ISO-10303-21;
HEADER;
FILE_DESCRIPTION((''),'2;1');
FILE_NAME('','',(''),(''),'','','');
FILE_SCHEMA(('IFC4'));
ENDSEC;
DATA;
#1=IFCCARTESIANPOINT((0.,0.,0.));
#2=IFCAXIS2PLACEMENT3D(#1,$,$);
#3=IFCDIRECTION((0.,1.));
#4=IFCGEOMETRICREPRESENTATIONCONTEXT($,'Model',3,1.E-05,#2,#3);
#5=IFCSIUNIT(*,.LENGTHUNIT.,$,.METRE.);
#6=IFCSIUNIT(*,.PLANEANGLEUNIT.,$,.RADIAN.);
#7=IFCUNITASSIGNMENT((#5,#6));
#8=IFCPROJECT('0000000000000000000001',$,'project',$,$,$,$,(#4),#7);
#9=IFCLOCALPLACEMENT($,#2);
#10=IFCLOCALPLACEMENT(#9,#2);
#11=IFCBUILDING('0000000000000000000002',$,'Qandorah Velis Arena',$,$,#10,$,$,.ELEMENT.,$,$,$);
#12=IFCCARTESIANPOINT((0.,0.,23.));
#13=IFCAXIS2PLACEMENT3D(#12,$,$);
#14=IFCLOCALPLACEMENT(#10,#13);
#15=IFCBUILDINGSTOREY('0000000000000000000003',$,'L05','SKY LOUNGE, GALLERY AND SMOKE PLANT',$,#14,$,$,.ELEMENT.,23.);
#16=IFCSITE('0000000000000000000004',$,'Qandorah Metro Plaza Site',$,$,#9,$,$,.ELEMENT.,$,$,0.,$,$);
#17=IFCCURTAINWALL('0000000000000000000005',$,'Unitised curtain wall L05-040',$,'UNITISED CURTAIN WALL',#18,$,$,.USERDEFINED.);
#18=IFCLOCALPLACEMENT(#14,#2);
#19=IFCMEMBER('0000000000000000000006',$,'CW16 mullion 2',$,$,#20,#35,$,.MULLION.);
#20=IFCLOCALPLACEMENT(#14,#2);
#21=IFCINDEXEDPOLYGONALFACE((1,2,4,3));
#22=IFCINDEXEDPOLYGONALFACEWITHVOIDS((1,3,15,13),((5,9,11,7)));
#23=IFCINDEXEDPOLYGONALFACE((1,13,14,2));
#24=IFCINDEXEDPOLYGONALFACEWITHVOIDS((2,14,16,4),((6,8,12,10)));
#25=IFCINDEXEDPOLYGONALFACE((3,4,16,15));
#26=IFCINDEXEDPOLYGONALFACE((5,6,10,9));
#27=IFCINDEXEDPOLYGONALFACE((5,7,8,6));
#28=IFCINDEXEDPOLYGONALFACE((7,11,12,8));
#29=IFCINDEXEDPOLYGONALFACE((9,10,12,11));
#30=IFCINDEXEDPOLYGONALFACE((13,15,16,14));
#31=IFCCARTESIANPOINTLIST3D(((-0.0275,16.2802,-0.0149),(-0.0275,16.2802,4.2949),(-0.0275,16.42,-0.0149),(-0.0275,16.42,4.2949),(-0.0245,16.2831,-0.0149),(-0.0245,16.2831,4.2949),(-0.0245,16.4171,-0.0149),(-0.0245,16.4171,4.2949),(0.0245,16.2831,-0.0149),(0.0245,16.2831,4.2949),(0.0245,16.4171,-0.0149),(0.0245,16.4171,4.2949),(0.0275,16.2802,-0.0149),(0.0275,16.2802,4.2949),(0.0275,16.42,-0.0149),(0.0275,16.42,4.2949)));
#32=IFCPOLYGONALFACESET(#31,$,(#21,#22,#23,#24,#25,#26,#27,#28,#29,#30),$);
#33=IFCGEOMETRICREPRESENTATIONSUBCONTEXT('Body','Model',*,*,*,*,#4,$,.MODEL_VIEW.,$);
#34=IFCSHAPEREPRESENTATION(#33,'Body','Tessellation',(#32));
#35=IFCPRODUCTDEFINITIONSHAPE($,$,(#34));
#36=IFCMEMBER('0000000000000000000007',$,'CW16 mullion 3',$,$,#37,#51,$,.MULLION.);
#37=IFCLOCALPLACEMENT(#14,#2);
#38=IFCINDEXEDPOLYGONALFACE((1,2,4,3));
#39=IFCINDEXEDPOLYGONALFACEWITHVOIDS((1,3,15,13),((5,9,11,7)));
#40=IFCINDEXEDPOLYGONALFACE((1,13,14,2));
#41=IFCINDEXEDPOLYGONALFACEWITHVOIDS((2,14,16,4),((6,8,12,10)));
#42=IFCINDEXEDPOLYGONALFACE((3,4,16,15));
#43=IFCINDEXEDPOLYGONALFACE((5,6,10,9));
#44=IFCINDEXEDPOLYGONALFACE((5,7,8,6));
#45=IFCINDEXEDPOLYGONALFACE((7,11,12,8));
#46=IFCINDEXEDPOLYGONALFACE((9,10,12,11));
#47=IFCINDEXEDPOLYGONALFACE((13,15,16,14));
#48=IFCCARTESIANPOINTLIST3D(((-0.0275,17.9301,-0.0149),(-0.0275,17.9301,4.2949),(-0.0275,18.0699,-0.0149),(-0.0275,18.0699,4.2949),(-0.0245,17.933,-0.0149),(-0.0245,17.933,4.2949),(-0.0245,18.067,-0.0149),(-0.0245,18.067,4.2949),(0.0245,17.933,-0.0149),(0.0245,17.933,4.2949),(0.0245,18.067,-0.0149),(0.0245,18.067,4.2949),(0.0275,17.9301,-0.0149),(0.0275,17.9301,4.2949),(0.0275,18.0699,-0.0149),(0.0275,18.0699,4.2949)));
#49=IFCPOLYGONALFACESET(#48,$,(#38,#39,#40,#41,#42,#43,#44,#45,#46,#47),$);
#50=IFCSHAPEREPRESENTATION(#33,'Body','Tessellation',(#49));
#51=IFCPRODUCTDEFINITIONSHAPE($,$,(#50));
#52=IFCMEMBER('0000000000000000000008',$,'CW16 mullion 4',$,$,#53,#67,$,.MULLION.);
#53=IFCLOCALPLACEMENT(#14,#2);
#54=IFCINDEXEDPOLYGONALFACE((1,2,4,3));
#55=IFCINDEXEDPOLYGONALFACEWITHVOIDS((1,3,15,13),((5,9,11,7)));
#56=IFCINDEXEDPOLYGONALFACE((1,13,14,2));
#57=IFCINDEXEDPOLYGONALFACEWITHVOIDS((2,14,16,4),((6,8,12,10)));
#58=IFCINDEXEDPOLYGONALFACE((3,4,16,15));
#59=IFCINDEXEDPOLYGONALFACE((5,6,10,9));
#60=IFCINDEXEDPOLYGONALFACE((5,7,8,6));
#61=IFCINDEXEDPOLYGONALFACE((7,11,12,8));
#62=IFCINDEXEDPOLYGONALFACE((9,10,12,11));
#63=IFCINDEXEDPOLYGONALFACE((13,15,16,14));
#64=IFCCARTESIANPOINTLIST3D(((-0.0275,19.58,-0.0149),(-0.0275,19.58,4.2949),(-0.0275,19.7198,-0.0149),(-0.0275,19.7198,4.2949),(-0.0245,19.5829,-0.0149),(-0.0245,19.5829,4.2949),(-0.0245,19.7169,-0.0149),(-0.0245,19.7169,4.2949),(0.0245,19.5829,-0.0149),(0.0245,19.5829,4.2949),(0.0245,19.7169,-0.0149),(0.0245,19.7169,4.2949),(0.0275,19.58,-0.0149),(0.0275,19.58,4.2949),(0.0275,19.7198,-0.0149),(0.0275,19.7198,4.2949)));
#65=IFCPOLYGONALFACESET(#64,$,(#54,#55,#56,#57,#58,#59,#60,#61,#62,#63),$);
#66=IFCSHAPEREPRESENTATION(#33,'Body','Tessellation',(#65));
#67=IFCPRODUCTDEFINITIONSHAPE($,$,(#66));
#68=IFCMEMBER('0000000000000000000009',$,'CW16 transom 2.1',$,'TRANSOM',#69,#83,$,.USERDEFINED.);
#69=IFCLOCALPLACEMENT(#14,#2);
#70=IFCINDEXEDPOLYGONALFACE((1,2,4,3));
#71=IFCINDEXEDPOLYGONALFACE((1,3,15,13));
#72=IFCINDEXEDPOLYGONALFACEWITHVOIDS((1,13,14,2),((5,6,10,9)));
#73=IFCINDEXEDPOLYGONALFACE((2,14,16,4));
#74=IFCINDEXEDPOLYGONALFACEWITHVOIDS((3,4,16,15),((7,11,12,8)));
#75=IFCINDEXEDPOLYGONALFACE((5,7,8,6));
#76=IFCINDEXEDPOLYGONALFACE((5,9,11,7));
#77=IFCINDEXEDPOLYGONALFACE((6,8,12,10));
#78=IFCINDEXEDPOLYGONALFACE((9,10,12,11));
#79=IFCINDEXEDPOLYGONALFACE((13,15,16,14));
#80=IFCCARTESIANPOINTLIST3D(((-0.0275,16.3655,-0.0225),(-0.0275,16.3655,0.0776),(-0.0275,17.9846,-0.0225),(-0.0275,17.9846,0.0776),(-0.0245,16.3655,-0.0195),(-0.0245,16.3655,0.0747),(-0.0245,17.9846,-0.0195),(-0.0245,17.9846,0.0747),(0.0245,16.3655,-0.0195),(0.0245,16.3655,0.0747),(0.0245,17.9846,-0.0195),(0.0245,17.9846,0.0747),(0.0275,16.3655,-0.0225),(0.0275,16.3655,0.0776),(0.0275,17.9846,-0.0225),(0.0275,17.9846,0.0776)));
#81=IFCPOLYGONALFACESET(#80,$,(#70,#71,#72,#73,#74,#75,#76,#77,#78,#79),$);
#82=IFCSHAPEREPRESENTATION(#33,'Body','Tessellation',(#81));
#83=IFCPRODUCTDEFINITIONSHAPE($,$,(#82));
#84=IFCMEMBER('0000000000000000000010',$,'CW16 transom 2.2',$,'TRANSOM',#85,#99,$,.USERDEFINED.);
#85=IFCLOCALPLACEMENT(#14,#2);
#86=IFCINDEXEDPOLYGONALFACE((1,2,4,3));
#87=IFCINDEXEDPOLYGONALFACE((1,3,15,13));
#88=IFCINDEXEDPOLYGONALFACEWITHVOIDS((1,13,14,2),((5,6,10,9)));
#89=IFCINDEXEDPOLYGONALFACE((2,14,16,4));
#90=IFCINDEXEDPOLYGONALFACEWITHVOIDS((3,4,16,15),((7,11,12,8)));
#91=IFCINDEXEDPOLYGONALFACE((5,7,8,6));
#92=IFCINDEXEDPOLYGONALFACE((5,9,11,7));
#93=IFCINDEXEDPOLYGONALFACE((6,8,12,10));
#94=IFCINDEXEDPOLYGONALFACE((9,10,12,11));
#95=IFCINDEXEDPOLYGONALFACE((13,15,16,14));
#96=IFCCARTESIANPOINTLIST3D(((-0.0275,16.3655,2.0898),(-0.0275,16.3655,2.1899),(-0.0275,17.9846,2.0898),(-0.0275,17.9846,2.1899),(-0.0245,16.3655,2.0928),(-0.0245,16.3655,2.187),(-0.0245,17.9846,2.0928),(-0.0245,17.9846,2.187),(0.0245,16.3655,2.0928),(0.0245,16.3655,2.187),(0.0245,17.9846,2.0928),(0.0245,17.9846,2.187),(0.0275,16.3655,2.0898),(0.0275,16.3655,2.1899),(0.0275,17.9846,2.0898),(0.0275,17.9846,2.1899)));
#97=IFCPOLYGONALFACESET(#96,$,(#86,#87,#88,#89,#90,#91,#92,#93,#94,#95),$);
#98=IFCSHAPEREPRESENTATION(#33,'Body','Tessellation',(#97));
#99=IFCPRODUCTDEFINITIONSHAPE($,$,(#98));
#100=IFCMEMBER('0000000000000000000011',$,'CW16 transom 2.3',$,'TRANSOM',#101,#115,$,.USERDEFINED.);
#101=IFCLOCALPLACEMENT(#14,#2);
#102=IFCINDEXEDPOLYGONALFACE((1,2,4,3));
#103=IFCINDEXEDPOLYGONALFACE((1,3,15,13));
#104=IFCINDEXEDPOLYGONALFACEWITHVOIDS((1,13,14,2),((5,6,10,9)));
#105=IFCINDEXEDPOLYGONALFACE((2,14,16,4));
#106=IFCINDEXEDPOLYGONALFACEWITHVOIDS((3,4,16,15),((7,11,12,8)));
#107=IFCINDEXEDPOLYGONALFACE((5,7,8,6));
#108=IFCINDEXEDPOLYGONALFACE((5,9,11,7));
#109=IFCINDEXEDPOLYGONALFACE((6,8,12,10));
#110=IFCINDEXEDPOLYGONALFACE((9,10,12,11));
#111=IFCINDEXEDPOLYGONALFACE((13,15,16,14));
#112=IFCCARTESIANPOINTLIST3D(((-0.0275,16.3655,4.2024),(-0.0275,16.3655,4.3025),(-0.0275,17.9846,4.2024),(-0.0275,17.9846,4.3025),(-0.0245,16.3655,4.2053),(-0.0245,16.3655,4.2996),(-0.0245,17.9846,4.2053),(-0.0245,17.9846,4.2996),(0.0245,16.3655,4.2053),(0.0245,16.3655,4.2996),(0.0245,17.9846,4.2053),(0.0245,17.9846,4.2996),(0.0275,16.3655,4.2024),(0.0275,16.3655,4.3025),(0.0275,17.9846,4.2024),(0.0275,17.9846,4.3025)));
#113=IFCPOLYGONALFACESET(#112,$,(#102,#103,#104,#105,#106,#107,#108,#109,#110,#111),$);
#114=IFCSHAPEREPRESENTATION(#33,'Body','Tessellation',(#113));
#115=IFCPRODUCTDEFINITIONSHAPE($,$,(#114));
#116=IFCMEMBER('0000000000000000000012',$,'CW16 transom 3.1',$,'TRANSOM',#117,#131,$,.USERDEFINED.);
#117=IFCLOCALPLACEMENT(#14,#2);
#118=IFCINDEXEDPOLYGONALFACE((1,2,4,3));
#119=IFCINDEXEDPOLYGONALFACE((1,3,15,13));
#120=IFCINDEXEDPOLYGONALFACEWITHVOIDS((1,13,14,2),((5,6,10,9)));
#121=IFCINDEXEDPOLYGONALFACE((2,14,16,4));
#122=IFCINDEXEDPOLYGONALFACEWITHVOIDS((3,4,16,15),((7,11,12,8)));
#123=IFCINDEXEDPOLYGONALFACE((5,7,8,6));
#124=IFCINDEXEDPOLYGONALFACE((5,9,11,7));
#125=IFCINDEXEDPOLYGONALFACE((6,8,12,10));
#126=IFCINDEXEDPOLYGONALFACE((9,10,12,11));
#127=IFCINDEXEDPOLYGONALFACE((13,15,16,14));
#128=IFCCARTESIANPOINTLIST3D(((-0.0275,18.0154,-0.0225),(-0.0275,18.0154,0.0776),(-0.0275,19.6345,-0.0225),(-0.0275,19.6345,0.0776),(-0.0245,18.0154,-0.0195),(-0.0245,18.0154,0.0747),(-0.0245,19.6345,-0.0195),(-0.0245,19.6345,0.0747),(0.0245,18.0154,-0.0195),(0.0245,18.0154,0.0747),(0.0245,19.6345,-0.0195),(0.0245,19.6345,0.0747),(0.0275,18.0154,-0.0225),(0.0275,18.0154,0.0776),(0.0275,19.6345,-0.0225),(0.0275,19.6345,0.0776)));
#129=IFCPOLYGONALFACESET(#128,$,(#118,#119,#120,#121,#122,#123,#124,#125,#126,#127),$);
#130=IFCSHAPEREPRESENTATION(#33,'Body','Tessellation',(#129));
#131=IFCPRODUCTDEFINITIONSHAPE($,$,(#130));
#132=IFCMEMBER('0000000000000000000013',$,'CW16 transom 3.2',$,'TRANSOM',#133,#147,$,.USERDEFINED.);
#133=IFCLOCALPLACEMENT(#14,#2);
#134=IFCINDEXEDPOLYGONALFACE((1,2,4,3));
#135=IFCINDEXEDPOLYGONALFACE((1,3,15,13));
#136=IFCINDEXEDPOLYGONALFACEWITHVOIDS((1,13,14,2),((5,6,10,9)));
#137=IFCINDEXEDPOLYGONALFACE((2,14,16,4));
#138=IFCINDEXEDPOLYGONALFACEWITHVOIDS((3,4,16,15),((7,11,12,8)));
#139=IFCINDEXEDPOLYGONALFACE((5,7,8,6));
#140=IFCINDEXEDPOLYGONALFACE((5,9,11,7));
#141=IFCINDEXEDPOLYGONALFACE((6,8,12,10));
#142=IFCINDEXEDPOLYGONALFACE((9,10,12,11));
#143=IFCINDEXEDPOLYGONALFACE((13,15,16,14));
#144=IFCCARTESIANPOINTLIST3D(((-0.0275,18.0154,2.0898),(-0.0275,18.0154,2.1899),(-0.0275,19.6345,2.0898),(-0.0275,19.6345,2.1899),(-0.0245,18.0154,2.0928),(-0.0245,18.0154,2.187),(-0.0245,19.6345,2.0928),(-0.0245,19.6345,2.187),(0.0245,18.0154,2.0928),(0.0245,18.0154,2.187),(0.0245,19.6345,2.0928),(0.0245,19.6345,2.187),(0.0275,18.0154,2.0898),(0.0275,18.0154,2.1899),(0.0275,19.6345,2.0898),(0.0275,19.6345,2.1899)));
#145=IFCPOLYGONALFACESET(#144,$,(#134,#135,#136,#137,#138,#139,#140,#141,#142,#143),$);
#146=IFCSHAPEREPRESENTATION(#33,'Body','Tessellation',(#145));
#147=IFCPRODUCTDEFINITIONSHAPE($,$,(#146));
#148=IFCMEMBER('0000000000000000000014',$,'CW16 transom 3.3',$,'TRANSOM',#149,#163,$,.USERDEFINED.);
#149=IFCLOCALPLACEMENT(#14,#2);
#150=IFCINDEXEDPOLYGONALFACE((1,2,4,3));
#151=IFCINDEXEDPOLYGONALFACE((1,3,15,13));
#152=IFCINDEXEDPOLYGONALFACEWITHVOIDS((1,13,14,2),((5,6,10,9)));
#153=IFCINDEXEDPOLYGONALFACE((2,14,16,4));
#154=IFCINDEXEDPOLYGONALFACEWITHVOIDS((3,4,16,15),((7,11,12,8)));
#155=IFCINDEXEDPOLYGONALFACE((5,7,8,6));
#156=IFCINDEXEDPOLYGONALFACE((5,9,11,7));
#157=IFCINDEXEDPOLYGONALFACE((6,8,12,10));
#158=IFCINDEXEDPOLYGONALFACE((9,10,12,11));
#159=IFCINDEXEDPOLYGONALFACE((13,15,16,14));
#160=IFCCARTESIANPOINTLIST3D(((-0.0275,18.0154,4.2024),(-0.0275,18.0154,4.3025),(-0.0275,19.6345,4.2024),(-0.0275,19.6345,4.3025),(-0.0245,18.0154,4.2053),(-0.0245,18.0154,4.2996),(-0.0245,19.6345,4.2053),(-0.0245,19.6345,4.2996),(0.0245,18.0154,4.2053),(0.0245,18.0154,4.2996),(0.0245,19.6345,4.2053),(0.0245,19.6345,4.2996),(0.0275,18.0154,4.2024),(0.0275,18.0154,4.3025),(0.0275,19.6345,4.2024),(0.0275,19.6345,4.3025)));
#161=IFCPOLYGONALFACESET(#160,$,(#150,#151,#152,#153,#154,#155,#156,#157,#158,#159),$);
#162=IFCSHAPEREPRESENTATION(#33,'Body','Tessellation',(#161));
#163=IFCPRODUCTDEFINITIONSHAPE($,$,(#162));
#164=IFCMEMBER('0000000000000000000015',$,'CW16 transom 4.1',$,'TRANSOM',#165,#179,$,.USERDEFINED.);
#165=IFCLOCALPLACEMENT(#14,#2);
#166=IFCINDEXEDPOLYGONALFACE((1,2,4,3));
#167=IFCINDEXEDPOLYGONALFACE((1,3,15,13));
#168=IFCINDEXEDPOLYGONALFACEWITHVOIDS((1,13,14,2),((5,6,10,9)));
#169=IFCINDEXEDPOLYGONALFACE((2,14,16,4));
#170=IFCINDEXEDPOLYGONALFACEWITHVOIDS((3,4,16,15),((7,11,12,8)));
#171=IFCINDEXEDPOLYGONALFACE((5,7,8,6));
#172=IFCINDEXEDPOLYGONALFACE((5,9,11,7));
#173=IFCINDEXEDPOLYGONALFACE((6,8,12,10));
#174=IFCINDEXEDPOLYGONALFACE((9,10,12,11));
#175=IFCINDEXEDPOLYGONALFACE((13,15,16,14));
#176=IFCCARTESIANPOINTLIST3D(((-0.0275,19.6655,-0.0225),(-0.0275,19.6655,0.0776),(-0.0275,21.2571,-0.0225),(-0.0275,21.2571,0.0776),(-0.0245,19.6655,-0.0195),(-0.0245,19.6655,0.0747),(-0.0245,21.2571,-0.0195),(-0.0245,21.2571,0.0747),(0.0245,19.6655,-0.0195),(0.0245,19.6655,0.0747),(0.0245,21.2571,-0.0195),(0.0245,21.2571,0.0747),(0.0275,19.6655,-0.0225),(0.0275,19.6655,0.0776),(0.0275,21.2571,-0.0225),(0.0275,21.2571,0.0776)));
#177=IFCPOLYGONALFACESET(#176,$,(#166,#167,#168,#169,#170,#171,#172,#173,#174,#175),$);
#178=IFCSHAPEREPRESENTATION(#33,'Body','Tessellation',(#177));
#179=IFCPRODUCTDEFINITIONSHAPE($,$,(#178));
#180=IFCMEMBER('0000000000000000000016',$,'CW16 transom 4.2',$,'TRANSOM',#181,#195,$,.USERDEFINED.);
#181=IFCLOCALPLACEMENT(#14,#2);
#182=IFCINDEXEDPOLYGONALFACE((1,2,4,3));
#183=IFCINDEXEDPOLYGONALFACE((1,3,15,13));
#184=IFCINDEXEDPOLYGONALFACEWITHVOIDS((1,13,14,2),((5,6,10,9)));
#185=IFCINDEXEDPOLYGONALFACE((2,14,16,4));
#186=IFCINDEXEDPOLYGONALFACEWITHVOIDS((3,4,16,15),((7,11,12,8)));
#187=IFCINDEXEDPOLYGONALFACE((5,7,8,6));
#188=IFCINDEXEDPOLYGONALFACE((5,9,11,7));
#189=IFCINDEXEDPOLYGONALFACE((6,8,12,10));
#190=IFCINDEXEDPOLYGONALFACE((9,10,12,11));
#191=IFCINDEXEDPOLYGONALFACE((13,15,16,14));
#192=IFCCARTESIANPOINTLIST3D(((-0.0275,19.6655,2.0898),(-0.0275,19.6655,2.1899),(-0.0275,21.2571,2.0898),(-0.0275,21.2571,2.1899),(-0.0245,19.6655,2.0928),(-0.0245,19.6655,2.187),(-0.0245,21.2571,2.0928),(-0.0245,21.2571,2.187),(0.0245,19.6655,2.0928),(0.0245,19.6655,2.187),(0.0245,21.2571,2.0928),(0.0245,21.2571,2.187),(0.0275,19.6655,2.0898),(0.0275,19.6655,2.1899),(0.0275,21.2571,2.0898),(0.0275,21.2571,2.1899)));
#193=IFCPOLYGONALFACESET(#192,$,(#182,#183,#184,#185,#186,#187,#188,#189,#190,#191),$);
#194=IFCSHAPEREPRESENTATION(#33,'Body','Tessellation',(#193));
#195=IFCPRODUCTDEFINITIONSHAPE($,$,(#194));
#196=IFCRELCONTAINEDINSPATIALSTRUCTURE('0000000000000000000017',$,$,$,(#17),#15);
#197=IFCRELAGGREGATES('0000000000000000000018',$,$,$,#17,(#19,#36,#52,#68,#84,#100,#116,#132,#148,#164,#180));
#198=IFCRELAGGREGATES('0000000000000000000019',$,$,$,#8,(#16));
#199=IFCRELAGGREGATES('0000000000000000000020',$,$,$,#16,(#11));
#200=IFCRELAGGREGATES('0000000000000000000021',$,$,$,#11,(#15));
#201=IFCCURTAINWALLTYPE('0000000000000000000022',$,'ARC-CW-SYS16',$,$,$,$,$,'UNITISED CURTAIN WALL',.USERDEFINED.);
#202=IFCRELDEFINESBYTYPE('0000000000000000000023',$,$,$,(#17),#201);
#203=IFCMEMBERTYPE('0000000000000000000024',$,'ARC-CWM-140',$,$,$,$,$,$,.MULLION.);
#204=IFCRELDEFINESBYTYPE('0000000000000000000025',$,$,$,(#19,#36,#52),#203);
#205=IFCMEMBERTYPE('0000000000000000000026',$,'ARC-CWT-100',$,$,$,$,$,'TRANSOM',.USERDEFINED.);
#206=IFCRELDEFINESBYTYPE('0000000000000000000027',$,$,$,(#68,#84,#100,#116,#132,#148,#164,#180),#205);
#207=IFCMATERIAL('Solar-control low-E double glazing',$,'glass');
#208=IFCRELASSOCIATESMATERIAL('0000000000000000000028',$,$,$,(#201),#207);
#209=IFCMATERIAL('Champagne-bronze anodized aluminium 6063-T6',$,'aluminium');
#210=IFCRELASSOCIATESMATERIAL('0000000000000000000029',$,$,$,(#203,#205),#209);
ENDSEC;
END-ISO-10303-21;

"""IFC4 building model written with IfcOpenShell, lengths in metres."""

from ifc_helpers import new_model, si_unit, direction, frame, origin, origin_2d, place, context, subcontext, project, spatial, hollow_rectangle, extrude, material, material_profile, profile_set, type_object, element, aggregate, save


model = new_model("IFC4")

# Units and contexts
model_context = context("Model", 3, precision=1e-05, world=origin(), true_north=direction((0.0, 1.0)))
body_context = subcontext(model_context, "Body", "Model", "MODEL_VIEW")
ifc_project = project(units=[si_unit("LENGTHUNIT", "METRE"), si_unit("PLANEANGLEUNIT", "RADIAN")], contexts=[model_context])

# Site, building, storey
site_placement = place(None, origin())
site = spatial("IfcSite", under=ifc_project, at=site_placement, Name="Qandorah Metro Plaza Site", CompositionType="ELEMENT", RefElevation=0.0)
building_placement = place(site_placement, origin())
building = spatial("IfcBuilding", under=site, at=building_placement, Name="Qandorah Velis Arena", CompositionType="ELEMENT")
storey_placement = place(building_placement, frame((0.0, 0.0, 23.0)))
storey = spatial("IfcBuildingStorey", under=building, at=storey_placement, Name="L05", Description="SKY LOUNGE, GALLERY AND SMOKE PLANT", CompositionType="ELEMENT", Elevation=23.0)

# Curtain wall, members
ifc_material_1 = material(Name="Solar-control low-E double glazing", Category="glass")
curtain_wall_type = type_object("IfcCurtainWallType", Name="ARC-CW-SYS16", ElementType="UNITISED CURTAIN WALL", PredefinedType="USERDEFINED", material=ifc_material_1)
curtain_wall_placement = place(storey_placement, origin())
curtain_wall = element("IfcCurtainWall", 1, at=curtain_wall_placement, inside=storey, type_object=curtain_wall_type, Name="Unitised curtain wall L05-040", ObjectType="UNITISED CURTAIN WALL", PredefinedType="USERDEFINED")
ifc_material_2 = material(Name="Champagne-bronze anodized aluminium 6063-T6", Category="aluminium")
ifc_material_profile_1 = material_profile(ifc_material_2, hollow_rectangle(XDim=0.0549, YDim=0.1399, WallThickness=0.0029, at=origin_2d()), Name="ALU MULLION 55x140")
ifc_profile_set_1 = profile_set([ifc_material_profile_1], Name="Champagne-bronze anodized aluminium 6063-T6")
member_type_1 = type_object("IfcMemberType", Name="ARC-CWM-140", PredefinedType="MULLION", material=ifc_profile_set_1)
member_1_placement = place(storey_placement, frame((0.0, 16.3501, -0.0149), z_axis=(0.0, 0.0, 1.0), x_axis=(-1.0, 0.0, 0.0)))
member_1 = element("IfcMember", 2, at=member_1_placement, type_object=member_type_1, Name="CW16 mullion 2", PredefinedType="MULLION", context=body_context, shape_type="SweptSolid", body=[
    extrude(hollow_rectangle(XDim=0.0549, YDim=0.1399, WallThickness=0.0029, at=origin_2d()), origin(), (0.0, 0.0, 1.0), 4.3098),
])
member_2_placement = place(storey_placement, frame((0.0, 18.0, -0.0149), z_axis=(0.0, 0.0, 1.0), x_axis=(-1.0, 0.0, 0.0)))
member_2 = element("IfcMember", 3, at=member_2_placement, type_object=member_type_1, Name="CW16 mullion 3", PredefinedType="MULLION", context=body_context, shape_type="SweptSolid", body=[
    extrude(hollow_rectangle(XDim=0.0549, YDim=0.1399, WallThickness=0.0029, at=origin_2d()), origin(), (0.0, 0.0, 1.0), 4.3098),
])
member_3_placement = place(storey_placement, frame((0.0, 19.6499, -0.0149), z_axis=(0.0, 0.0, 1.0), x_axis=(-1.0, 0.0, 0.0)))
member_3 = element("IfcMember", 4, at=member_3_placement, type_object=member_type_1, Name="CW16 mullion 4", PredefinedType="MULLION", context=body_context, shape_type="SweptSolid", body=[
    extrude(hollow_rectangle(XDim=0.0549, YDim=0.1399, WallThickness=0.0029, at=origin_2d()), origin(), (0.0, 0.0, 1.0), 4.3098),
])
ifc_material_profile_2 = material_profile(ifc_material_2, hollow_rectangle(XDim=0.0549, YDim=0.1001, WallThickness=0.0029, at=origin_2d()), Name="ALU TRANSOM 55x100")
ifc_profile_set_2 = profile_set([ifc_material_profile_2], Name="Champagne-bronze anodized aluminium 6063-T6")
member_type_2 = type_object("IfcMemberType", Name="ARC-CWT-100", ElementType="TRANSOM", PredefinedType="USERDEFINED", material=ifc_profile_set_2)
member_4_placement = place(storey_placement, frame((0.0, 16.3655, 0.0276), z_axis=(0.0, 1.0, 0.0), x_axis=(-1.0, 0.0, 0.0)))
member_4 = element("IfcMember", 5, at=member_4_placement, type_object=member_type_2, Name="CW16 transom 2.1", ObjectType="TRANSOM", PredefinedType="USERDEFINED", context=body_context, shape_type="SweptSolid", body=[
    extrude(hollow_rectangle(XDim=0.0549, YDim=0.1001, WallThickness=0.0029, at=origin_2d()), origin(), (0.0, 0.0, 1.0), 1.6191),
])
member_5_placement = place(storey_placement, frame((0.0, 16.3655, 2.1399), z_axis=(0.0, 1.0, 0.0), x_axis=(-1.0, 0.0, 0.0)))
member_5 = element("IfcMember", 6, at=member_5_placement, type_object=member_type_2, Name="CW16 transom 2.2", ObjectType="TRANSOM", PredefinedType="USERDEFINED", context=body_context, shape_type="SweptSolid", body=[
    extrude(hollow_rectangle(XDim=0.0549, YDim=0.1001, WallThickness=0.0029, at=origin_2d()), origin(), (0.0, 0.0, 1.0), 1.6191),
])
member_6_placement = place(storey_placement, frame((0.0, 16.3655, 4.2524), z_axis=(0.0, 1.0, 0.0), x_axis=(-1.0, 0.0, 0.0)))
member_6 = element("IfcMember", 7, at=member_6_placement, type_object=member_type_2, Name="CW16 transom 2.3", ObjectType="TRANSOM", PredefinedType="USERDEFINED", context=body_context, shape_type="SweptSolid", body=[
    extrude(hollow_rectangle(XDim=0.0549, YDim=0.1001, WallThickness=0.0029, at=origin_2d()), origin(), (0.0, 0.0, 1.0), 1.6191),
])
member_7_placement = place(storey_placement, frame((0.0, 18.0154, 0.0276), z_axis=(0.0, 1.0, 0.0), x_axis=(-1.0, 0.0, 0.0)))
member_7 = element("IfcMember", 8, at=member_7_placement, type_object=member_type_2, Name="CW16 transom 3.1", ObjectType="TRANSOM", PredefinedType="USERDEFINED", context=body_context, shape_type="SweptSolid", body=[
    extrude(hollow_rectangle(XDim=0.0549, YDim=0.1001, WallThickness=0.0029, at=origin_2d()), origin(), (0.0, 0.0, 1.0), 1.6191),
])
member_8_placement = place(storey_placement, frame((0.0, 18.0154, 2.1399), z_axis=(0.0, 1.0, 0.0), x_axis=(-1.0, 0.0, 0.0)))
member_8 = element("IfcMember", 9, at=member_8_placement, type_object=member_type_2, Name="CW16 transom 3.2", ObjectType="TRANSOM", PredefinedType="USERDEFINED", context=body_context, shape_type="SweptSolid", body=[
    extrude(hollow_rectangle(XDim=0.0549, YDim=0.1001, WallThickness=0.0029, at=origin_2d()), origin(), (0.0, 0.0, 1.0), 1.6191),
])
member_9_placement = place(storey_placement, frame((0.0, 18.0154, 4.2524), z_axis=(0.0, 1.0, 0.0), x_axis=(-1.0, 0.0, 0.0)))
member_9 = element("IfcMember", 10, at=member_9_placement, type_object=member_type_2, Name="CW16 transom 3.3", ObjectType="TRANSOM", PredefinedType="USERDEFINED", context=body_context, shape_type="SweptSolid", body=[
    extrude(hollow_rectangle(XDim=0.0549, YDim=0.1001, WallThickness=0.0029, at=origin_2d()), origin(), (0.0, 0.0, 1.0), 1.6191),
])
member_10_placement = place(storey_placement, frame((0.0, 19.6655, 0.0276), z_axis=(0.0, 1.0, 0.0), x_axis=(-1.0, 0.0, 0.0)))
member_10 = element("IfcMember", 11, at=member_10_placement, type_object=member_type_2, Name="CW16 transom 4.1", ObjectType="TRANSOM", PredefinedType="USERDEFINED", context=body_context, shape_type="SweptSolid", body=[
    extrude(hollow_rectangle(XDim=0.0549, YDim=0.1001, WallThickness=0.0029, at=origin_2d()), origin(), (0.0, 0.0, 1.0), 1.5916),
])
member_11_placement = place(storey_placement, frame((0.0, 19.6655, 2.1399), z_axis=(0.0, 1.0, 0.0), x_axis=(-1.0, 0.0, 0.0)))
member_11 = element("IfcMember", 12, at=member_11_placement, type_object=member_type_2, Name="CW16 transom 4.2", ObjectType="TRANSOM", PredefinedType="USERDEFINED", context=body_context, shape_type="SweptSolid", body=[
    extrude(hollow_rectangle(XDim=0.0549, YDim=0.1001, WallThickness=0.0029, at=origin_2d()), origin(), (0.0, 0.0, 1.0), 1.5916),
])
aggregate(curtain_wall, [member_1, member_2, member_3, member_4, member_5, member_6, member_7, member_8, member_9, member_10, member_11])

save(model, "model.ifc")
